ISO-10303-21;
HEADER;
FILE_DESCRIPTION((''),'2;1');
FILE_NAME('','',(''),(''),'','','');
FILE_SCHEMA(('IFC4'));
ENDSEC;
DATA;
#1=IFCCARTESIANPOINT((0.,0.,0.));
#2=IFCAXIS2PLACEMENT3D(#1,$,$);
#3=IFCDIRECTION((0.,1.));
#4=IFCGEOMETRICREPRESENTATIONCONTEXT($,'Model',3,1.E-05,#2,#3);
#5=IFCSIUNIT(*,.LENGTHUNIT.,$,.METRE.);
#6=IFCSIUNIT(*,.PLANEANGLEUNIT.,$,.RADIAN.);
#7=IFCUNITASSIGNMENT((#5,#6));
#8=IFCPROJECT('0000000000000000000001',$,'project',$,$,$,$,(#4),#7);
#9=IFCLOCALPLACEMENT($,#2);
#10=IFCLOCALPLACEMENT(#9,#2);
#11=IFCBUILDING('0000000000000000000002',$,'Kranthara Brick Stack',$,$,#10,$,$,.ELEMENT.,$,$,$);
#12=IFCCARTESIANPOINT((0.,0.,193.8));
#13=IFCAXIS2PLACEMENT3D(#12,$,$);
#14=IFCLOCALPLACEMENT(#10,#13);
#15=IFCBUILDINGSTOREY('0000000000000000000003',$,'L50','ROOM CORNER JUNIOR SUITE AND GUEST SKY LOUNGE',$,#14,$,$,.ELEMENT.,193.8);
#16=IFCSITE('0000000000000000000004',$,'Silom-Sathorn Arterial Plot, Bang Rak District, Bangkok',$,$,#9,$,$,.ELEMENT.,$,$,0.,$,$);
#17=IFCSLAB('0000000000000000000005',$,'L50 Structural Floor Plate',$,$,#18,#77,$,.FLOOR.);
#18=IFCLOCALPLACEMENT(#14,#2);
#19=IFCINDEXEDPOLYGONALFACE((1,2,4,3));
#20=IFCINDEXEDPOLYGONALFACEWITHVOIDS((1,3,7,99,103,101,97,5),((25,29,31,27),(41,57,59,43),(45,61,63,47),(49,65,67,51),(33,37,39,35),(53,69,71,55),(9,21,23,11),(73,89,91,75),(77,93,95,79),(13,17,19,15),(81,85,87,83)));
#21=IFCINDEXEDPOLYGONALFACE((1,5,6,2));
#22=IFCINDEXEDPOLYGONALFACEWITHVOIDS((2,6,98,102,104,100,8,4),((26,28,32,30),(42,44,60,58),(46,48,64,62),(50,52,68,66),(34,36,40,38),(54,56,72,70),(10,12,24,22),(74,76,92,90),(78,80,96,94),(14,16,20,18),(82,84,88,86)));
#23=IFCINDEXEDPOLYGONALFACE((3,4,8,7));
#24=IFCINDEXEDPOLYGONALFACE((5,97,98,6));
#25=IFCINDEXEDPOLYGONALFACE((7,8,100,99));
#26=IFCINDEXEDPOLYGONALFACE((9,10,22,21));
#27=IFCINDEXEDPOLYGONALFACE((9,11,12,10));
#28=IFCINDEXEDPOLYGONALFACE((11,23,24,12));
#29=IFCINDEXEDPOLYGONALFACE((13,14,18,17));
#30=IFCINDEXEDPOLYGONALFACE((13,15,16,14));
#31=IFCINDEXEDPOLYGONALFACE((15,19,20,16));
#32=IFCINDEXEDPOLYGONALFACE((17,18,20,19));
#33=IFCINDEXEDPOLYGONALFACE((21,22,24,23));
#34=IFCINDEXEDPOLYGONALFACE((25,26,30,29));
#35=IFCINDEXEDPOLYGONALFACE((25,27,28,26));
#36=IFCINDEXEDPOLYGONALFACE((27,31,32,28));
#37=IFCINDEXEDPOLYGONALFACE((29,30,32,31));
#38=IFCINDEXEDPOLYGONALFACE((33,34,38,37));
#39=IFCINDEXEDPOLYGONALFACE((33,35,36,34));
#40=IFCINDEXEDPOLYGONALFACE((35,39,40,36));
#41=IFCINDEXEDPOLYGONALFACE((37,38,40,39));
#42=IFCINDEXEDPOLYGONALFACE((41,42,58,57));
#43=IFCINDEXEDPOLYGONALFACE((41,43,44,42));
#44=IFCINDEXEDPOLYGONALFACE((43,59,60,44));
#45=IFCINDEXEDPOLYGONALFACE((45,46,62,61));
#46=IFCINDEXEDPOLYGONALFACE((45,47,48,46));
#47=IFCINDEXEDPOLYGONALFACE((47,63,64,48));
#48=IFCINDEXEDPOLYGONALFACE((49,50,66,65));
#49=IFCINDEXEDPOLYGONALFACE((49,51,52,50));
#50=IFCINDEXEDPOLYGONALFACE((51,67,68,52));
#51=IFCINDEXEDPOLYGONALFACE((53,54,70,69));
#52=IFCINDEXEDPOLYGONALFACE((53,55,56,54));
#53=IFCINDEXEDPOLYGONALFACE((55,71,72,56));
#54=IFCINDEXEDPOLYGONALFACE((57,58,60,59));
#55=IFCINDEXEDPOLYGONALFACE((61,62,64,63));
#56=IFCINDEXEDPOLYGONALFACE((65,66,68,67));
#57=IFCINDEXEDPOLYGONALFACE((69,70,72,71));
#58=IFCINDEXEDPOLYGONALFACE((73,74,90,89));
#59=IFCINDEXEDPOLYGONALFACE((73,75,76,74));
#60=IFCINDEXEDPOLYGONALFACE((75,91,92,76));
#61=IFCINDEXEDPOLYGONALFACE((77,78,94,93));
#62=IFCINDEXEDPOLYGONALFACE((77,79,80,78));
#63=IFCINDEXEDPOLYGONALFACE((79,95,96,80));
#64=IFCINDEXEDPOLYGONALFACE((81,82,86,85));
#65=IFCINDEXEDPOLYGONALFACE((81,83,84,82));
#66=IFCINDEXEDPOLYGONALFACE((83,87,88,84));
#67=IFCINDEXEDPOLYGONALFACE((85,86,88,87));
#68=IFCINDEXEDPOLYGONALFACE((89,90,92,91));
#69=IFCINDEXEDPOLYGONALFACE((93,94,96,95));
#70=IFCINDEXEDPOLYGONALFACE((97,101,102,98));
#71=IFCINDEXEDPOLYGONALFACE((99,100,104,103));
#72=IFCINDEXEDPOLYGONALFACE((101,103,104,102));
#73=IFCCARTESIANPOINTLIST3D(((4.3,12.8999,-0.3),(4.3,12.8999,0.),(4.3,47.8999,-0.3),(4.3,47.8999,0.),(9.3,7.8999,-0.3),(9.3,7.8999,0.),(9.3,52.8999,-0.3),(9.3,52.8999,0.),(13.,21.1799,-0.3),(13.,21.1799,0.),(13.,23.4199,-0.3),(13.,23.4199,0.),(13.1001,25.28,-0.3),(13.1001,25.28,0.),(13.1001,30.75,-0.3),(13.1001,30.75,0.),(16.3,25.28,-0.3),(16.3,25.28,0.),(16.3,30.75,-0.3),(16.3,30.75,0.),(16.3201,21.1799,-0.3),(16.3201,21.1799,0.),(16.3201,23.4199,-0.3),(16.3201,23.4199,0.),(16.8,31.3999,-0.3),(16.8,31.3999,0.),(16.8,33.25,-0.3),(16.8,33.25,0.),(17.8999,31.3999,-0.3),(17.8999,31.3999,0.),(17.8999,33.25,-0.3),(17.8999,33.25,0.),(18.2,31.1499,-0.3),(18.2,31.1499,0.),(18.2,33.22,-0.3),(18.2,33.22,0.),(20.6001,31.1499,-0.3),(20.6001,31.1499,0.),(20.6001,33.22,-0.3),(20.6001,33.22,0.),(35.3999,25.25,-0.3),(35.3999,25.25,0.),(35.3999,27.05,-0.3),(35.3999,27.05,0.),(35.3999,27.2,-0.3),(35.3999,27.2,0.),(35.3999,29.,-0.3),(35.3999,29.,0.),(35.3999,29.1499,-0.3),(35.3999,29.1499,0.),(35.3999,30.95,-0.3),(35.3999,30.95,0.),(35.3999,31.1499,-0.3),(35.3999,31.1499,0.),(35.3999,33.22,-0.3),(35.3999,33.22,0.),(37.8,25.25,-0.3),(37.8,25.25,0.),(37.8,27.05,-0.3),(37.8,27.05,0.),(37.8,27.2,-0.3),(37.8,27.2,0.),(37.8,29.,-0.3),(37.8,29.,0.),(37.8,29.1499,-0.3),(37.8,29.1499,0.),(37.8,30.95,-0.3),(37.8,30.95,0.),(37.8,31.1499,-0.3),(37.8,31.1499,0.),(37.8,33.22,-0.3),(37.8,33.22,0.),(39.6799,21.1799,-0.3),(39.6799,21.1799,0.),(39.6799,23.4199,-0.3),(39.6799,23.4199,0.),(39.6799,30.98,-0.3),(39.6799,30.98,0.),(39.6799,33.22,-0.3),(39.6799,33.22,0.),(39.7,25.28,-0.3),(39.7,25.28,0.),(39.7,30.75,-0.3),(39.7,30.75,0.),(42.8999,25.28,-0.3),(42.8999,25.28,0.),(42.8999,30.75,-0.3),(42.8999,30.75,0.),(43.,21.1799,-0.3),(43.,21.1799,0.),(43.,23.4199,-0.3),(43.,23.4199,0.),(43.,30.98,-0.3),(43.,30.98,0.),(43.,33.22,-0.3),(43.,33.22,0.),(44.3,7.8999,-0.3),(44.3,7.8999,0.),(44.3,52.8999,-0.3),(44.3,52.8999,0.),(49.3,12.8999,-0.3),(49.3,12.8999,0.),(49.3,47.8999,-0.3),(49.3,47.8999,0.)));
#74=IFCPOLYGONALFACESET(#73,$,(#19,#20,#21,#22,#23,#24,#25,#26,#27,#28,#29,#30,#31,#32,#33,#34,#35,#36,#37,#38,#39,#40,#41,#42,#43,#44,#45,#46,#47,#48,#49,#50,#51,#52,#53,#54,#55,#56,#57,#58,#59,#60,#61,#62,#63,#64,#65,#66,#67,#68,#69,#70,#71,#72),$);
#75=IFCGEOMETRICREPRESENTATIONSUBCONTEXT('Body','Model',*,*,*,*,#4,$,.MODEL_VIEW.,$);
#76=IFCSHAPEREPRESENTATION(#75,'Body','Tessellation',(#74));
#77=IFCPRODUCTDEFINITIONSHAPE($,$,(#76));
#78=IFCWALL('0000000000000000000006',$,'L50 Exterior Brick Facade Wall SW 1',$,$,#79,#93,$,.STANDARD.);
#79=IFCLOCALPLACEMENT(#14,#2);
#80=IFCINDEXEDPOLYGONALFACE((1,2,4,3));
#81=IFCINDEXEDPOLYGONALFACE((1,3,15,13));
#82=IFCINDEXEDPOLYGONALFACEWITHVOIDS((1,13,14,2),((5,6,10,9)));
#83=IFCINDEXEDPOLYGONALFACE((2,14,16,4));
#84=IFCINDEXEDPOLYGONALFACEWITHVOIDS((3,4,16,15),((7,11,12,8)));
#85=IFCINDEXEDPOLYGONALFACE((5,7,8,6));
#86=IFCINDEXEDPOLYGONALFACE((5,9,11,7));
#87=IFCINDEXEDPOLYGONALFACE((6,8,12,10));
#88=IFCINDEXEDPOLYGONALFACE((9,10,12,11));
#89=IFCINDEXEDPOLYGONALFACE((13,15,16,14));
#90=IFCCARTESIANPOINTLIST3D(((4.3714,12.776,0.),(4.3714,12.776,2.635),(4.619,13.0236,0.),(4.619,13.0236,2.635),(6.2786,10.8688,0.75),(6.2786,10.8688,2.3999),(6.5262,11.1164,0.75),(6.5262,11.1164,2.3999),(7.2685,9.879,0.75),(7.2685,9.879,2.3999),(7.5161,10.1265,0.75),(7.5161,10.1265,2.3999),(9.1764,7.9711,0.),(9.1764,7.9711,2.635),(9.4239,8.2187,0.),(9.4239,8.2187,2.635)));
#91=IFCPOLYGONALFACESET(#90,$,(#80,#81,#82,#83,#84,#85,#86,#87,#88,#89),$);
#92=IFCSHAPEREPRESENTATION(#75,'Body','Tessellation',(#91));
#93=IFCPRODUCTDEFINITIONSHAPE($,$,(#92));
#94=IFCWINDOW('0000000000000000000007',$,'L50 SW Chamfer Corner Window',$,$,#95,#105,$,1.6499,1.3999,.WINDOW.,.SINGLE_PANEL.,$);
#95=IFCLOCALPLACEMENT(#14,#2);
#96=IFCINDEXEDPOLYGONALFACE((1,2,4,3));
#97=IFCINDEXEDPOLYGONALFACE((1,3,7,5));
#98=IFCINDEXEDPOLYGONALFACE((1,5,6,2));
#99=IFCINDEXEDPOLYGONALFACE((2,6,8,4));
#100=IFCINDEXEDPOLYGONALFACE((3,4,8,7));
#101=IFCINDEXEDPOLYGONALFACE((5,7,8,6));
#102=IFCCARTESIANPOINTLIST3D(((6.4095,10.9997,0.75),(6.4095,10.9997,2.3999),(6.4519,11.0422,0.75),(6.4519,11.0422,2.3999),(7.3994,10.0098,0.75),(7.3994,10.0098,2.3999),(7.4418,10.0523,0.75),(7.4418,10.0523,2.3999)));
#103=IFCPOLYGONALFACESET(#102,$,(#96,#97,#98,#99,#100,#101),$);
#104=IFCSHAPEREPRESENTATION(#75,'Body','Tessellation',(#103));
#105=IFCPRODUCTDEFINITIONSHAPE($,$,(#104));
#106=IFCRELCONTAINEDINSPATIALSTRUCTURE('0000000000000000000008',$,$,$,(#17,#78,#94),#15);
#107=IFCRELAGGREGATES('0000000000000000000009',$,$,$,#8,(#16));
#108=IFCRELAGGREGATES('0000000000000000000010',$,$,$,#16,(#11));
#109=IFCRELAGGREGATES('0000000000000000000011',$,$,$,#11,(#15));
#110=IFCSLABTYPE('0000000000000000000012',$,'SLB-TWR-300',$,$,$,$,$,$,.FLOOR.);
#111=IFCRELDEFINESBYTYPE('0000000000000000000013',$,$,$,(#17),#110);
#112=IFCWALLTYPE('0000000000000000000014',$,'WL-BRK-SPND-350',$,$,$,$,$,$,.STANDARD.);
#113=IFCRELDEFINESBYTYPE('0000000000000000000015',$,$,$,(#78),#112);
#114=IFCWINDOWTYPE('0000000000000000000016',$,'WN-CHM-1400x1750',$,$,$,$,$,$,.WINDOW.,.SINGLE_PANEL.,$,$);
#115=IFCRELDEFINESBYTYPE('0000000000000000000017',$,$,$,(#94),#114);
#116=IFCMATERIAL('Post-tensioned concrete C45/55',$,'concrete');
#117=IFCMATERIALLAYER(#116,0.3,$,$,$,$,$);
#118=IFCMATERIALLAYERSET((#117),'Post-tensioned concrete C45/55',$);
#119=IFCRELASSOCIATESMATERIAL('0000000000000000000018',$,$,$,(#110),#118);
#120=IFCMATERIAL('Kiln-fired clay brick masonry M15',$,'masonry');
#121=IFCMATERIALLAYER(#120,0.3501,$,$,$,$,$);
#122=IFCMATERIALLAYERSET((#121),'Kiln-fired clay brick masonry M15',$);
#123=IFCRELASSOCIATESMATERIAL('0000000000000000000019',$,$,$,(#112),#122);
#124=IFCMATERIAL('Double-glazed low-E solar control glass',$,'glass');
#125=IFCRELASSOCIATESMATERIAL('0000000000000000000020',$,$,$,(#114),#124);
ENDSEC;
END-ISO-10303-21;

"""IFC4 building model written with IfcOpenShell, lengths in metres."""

from ifc_helpers import new_model, si_unit, direction, frame, frame_2d, origin, place, context, subcontext, project, spatial, polyline, rectangle, outline, extrude, material, layer, layer_set, type_object, element, fill, save


model = new_model("IFC4")

# Units and contexts
model_context = context("Model", 3, precision=1e-05, world=origin(), true_north=direction((0.0, 1.0)))
body_context = subcontext(model_context, "Body", "Model", "MODEL_VIEW")
ifc_project = project(units=[si_unit("LENGTHUNIT", "METRE"), si_unit("PLANEANGLEUNIT", "RADIAN")], contexts=[model_context])

# Site, building, storey
site_placement = place(None, origin())
site = spatial("IfcSite", under=ifc_project, at=site_placement, Name="Silom-Sathorn Arterial Plot, Bang Rak District, Bangkok", CompositionType="ELEMENT", RefElevation=0.0)
building_placement = place(site_placement, origin())
building = spatial("IfcBuilding", under=site, at=building_placement, Name="Kranthara Brick Stack", CompositionType="ELEMENT")
storey_placement = place(building_placement, frame((0.0, 0.0, 193.8)))
storey = spatial("IfcBuildingStorey", under=building, at=storey_placement, Name="L50", Description="ROOM CORNER JUNIOR SUITE AND GUEST SKY LOUNGE", CompositionType="ELEMENT", Elevation=193.8)

# Slab
ifc_material_1 = material(Name="Post-tensioned concrete C45/55", Category="concrete")
ifc_layer_1 = layer(ifc_material_1, 0.3)
ifc_layer_set_1 = layer_set([ifc_layer_1], Name="Post-tensioned concrete C45/55")
slab_type_1 = type_object("IfcSlabType", Name="SLB-TWR-300", PredefinedType="FLOOR", material=ifc_layer_set_1)
slab_1_placement = place(storey_placement, frame((0.0, 0.0, -0.3)))
element("IfcSlab", 1, at=slab_1_placement, inside=storey, type_object=slab_type_1, Name="L50 Structural Floor Plate", PredefinedType="FLOOR", context=body_context, shape_type="SweptSolid", body=[
    extrude(outline(polyline([(9.3, 7.8999), (44.3, 7.8999), (49.3, 12.8999), (49.3, 47.8999), (44.3, 52.8999), (9.3, 52.8999), (4.3, 47.8999), (4.3, 12.8999), (9.3, 7.8999)]), holes=[polyline([(13.1001, 25.28), (16.3, 25.28), (16.3, 30.75), (13.1001, 30.75), (13.1001, 25.28)]), polyline([(39.7, 25.28), (42.8999, 25.28), (42.8999, 30.75), (39.7, 30.75), (39.7, 25.28)]), polyline([(13.0, 21.1799), (16.3201, 21.1799), (16.3201, 23.4199), (13.0, 23.4199), (13.0, 21.1799)]), polyline([(39.6799, 21.1799), (43.0, 21.1799), (43.0, 23.4199), (39.6799, 23.4199), (39.6799, 21.1799)]), polyline([(39.6799, 30.98), (43.0, 30.98), (43.0, 33.22), (39.6799, 33.22), (39.6799, 30.98)]), polyline([(35.3999, 25.25), (37.8, 25.25), (37.8, 27.05), (35.3999, 27.05), (35.3999, 25.25)]), polyline([(35.3999, 27.2), (37.8, 27.2), (37.8, 29.0), (35.3999, 29.0), (35.3999, 27.2)]), polyline([(35.3999, 29.1499), (37.8, 29.1499), (37.8, 30.95), (35.3999, 30.95), (35.3999, 29.1499)]), polyline([(18.2, 31.1499), (20.6001, 31.1499), (20.6001, 33.22), (18.2, 33.22), (18.2, 31.1499)]), polyline([(35.3999, 31.1499), (37.8, 31.1499), (37.8, 33.22), (35.3999, 33.22), (35.3999, 31.1499)]), polyline([(16.8, 31.3999), (17.8999, 31.3999), (17.8999, 33.25), (16.8, 33.25), (16.8, 31.3999)])]), origin(), (0.0, 0.0, 1.0), 0.3),
])

# Wall, opening, window
ifc_material_2 = material(Name="Kiln-fired clay brick masonry M15", Category="masonry")
ifc_layer_2 = layer(ifc_material_2, 0.3501)
ifc_layer_set_2 = layer_set([ifc_layer_2], Name="Kiln-fired clay brick masonry M15")
wall_type_1 = type_object("IfcWallType", Name="WL-BRK-SPND-350", PredefinedType="STANDARD", material=ifc_layer_set_2)
wall_1_placement = place(storey_placement, frame((9.3, 8.095, 0.0), z_axis=(0.0, 0.0, 1.0), x_axis=(-0.707107, 0.707107, 0.0)))
wall_1 = element("IfcWall", 2, at=wall_1_placement, inside=storey, type_object=wall_type_1, Name="L50 Exterior Brick Facade Wall SW 1", PredefinedType="STANDARD", context=body_context, shape_type="SweptSolid", body=[
    extrude(rectangle(XDim=6.7952, YDim=0.3501, at=frame_2d((3.3975, 0.0))), origin(), (0.0, 0.0, 1.0), 2.635),
])
opening_1_placement = place(wall_1_placement, frame((2.698, 0.0, 0.75)))
opening_1 = element("IfcOpeningElement", 3, at=opening_1_placement, cuts=wall_1, PredefinedType="OPENING", context=body_context, shape_type="SweptSolid", body=[
    extrude(rectangle(XDim=1.3999, YDim=1.6499, at=frame_2d((0.7, 0.825))), frame((0.0, 0.1851, 0.0), z_axis=(0.0, -1.0, 0.0), x_axis=(1.0, 0.0, 0.0)), (0.0, 0.0, 1.0), 0.3701),
])
ifc_material_3 = material(Name="Double-glazed low-E solar control glass", Category="glass")
window_type_1 = type_object("IfcWindowType", Name="WN-CHM-1400x1750", PartitioningType="SINGLE_PANEL", PredefinedType="WINDOW", material=ifc_material_3)
window_1_placement = place(opening_1_placement, origin())
window_1 = element("IfcWindow", 4, at=window_1_placement, inside=storey, type_object=window_type_1, Name="L50 SW Chamfer Corner Window", OverallHeight=1.6499, OverallWidth=1.3999, PartitioningType="SINGLE_PANEL", PredefinedType="WINDOW", context=body_context, shape_type="SweptSolid", body=[
    extrude(rectangle(XDim=1.3999, YDim=1.6499, at=frame_2d((0.7, 0.825))), frame((0.0, -0.01, 0.0), z_axis=(0.0, -1.0, 0.0), x_axis=(1.0, 0.0, 0.0)), (0.0, 0.0, 1.0), 0.0601),
])
fill(opening_1, window_1)

save(model, "model.ifc")
